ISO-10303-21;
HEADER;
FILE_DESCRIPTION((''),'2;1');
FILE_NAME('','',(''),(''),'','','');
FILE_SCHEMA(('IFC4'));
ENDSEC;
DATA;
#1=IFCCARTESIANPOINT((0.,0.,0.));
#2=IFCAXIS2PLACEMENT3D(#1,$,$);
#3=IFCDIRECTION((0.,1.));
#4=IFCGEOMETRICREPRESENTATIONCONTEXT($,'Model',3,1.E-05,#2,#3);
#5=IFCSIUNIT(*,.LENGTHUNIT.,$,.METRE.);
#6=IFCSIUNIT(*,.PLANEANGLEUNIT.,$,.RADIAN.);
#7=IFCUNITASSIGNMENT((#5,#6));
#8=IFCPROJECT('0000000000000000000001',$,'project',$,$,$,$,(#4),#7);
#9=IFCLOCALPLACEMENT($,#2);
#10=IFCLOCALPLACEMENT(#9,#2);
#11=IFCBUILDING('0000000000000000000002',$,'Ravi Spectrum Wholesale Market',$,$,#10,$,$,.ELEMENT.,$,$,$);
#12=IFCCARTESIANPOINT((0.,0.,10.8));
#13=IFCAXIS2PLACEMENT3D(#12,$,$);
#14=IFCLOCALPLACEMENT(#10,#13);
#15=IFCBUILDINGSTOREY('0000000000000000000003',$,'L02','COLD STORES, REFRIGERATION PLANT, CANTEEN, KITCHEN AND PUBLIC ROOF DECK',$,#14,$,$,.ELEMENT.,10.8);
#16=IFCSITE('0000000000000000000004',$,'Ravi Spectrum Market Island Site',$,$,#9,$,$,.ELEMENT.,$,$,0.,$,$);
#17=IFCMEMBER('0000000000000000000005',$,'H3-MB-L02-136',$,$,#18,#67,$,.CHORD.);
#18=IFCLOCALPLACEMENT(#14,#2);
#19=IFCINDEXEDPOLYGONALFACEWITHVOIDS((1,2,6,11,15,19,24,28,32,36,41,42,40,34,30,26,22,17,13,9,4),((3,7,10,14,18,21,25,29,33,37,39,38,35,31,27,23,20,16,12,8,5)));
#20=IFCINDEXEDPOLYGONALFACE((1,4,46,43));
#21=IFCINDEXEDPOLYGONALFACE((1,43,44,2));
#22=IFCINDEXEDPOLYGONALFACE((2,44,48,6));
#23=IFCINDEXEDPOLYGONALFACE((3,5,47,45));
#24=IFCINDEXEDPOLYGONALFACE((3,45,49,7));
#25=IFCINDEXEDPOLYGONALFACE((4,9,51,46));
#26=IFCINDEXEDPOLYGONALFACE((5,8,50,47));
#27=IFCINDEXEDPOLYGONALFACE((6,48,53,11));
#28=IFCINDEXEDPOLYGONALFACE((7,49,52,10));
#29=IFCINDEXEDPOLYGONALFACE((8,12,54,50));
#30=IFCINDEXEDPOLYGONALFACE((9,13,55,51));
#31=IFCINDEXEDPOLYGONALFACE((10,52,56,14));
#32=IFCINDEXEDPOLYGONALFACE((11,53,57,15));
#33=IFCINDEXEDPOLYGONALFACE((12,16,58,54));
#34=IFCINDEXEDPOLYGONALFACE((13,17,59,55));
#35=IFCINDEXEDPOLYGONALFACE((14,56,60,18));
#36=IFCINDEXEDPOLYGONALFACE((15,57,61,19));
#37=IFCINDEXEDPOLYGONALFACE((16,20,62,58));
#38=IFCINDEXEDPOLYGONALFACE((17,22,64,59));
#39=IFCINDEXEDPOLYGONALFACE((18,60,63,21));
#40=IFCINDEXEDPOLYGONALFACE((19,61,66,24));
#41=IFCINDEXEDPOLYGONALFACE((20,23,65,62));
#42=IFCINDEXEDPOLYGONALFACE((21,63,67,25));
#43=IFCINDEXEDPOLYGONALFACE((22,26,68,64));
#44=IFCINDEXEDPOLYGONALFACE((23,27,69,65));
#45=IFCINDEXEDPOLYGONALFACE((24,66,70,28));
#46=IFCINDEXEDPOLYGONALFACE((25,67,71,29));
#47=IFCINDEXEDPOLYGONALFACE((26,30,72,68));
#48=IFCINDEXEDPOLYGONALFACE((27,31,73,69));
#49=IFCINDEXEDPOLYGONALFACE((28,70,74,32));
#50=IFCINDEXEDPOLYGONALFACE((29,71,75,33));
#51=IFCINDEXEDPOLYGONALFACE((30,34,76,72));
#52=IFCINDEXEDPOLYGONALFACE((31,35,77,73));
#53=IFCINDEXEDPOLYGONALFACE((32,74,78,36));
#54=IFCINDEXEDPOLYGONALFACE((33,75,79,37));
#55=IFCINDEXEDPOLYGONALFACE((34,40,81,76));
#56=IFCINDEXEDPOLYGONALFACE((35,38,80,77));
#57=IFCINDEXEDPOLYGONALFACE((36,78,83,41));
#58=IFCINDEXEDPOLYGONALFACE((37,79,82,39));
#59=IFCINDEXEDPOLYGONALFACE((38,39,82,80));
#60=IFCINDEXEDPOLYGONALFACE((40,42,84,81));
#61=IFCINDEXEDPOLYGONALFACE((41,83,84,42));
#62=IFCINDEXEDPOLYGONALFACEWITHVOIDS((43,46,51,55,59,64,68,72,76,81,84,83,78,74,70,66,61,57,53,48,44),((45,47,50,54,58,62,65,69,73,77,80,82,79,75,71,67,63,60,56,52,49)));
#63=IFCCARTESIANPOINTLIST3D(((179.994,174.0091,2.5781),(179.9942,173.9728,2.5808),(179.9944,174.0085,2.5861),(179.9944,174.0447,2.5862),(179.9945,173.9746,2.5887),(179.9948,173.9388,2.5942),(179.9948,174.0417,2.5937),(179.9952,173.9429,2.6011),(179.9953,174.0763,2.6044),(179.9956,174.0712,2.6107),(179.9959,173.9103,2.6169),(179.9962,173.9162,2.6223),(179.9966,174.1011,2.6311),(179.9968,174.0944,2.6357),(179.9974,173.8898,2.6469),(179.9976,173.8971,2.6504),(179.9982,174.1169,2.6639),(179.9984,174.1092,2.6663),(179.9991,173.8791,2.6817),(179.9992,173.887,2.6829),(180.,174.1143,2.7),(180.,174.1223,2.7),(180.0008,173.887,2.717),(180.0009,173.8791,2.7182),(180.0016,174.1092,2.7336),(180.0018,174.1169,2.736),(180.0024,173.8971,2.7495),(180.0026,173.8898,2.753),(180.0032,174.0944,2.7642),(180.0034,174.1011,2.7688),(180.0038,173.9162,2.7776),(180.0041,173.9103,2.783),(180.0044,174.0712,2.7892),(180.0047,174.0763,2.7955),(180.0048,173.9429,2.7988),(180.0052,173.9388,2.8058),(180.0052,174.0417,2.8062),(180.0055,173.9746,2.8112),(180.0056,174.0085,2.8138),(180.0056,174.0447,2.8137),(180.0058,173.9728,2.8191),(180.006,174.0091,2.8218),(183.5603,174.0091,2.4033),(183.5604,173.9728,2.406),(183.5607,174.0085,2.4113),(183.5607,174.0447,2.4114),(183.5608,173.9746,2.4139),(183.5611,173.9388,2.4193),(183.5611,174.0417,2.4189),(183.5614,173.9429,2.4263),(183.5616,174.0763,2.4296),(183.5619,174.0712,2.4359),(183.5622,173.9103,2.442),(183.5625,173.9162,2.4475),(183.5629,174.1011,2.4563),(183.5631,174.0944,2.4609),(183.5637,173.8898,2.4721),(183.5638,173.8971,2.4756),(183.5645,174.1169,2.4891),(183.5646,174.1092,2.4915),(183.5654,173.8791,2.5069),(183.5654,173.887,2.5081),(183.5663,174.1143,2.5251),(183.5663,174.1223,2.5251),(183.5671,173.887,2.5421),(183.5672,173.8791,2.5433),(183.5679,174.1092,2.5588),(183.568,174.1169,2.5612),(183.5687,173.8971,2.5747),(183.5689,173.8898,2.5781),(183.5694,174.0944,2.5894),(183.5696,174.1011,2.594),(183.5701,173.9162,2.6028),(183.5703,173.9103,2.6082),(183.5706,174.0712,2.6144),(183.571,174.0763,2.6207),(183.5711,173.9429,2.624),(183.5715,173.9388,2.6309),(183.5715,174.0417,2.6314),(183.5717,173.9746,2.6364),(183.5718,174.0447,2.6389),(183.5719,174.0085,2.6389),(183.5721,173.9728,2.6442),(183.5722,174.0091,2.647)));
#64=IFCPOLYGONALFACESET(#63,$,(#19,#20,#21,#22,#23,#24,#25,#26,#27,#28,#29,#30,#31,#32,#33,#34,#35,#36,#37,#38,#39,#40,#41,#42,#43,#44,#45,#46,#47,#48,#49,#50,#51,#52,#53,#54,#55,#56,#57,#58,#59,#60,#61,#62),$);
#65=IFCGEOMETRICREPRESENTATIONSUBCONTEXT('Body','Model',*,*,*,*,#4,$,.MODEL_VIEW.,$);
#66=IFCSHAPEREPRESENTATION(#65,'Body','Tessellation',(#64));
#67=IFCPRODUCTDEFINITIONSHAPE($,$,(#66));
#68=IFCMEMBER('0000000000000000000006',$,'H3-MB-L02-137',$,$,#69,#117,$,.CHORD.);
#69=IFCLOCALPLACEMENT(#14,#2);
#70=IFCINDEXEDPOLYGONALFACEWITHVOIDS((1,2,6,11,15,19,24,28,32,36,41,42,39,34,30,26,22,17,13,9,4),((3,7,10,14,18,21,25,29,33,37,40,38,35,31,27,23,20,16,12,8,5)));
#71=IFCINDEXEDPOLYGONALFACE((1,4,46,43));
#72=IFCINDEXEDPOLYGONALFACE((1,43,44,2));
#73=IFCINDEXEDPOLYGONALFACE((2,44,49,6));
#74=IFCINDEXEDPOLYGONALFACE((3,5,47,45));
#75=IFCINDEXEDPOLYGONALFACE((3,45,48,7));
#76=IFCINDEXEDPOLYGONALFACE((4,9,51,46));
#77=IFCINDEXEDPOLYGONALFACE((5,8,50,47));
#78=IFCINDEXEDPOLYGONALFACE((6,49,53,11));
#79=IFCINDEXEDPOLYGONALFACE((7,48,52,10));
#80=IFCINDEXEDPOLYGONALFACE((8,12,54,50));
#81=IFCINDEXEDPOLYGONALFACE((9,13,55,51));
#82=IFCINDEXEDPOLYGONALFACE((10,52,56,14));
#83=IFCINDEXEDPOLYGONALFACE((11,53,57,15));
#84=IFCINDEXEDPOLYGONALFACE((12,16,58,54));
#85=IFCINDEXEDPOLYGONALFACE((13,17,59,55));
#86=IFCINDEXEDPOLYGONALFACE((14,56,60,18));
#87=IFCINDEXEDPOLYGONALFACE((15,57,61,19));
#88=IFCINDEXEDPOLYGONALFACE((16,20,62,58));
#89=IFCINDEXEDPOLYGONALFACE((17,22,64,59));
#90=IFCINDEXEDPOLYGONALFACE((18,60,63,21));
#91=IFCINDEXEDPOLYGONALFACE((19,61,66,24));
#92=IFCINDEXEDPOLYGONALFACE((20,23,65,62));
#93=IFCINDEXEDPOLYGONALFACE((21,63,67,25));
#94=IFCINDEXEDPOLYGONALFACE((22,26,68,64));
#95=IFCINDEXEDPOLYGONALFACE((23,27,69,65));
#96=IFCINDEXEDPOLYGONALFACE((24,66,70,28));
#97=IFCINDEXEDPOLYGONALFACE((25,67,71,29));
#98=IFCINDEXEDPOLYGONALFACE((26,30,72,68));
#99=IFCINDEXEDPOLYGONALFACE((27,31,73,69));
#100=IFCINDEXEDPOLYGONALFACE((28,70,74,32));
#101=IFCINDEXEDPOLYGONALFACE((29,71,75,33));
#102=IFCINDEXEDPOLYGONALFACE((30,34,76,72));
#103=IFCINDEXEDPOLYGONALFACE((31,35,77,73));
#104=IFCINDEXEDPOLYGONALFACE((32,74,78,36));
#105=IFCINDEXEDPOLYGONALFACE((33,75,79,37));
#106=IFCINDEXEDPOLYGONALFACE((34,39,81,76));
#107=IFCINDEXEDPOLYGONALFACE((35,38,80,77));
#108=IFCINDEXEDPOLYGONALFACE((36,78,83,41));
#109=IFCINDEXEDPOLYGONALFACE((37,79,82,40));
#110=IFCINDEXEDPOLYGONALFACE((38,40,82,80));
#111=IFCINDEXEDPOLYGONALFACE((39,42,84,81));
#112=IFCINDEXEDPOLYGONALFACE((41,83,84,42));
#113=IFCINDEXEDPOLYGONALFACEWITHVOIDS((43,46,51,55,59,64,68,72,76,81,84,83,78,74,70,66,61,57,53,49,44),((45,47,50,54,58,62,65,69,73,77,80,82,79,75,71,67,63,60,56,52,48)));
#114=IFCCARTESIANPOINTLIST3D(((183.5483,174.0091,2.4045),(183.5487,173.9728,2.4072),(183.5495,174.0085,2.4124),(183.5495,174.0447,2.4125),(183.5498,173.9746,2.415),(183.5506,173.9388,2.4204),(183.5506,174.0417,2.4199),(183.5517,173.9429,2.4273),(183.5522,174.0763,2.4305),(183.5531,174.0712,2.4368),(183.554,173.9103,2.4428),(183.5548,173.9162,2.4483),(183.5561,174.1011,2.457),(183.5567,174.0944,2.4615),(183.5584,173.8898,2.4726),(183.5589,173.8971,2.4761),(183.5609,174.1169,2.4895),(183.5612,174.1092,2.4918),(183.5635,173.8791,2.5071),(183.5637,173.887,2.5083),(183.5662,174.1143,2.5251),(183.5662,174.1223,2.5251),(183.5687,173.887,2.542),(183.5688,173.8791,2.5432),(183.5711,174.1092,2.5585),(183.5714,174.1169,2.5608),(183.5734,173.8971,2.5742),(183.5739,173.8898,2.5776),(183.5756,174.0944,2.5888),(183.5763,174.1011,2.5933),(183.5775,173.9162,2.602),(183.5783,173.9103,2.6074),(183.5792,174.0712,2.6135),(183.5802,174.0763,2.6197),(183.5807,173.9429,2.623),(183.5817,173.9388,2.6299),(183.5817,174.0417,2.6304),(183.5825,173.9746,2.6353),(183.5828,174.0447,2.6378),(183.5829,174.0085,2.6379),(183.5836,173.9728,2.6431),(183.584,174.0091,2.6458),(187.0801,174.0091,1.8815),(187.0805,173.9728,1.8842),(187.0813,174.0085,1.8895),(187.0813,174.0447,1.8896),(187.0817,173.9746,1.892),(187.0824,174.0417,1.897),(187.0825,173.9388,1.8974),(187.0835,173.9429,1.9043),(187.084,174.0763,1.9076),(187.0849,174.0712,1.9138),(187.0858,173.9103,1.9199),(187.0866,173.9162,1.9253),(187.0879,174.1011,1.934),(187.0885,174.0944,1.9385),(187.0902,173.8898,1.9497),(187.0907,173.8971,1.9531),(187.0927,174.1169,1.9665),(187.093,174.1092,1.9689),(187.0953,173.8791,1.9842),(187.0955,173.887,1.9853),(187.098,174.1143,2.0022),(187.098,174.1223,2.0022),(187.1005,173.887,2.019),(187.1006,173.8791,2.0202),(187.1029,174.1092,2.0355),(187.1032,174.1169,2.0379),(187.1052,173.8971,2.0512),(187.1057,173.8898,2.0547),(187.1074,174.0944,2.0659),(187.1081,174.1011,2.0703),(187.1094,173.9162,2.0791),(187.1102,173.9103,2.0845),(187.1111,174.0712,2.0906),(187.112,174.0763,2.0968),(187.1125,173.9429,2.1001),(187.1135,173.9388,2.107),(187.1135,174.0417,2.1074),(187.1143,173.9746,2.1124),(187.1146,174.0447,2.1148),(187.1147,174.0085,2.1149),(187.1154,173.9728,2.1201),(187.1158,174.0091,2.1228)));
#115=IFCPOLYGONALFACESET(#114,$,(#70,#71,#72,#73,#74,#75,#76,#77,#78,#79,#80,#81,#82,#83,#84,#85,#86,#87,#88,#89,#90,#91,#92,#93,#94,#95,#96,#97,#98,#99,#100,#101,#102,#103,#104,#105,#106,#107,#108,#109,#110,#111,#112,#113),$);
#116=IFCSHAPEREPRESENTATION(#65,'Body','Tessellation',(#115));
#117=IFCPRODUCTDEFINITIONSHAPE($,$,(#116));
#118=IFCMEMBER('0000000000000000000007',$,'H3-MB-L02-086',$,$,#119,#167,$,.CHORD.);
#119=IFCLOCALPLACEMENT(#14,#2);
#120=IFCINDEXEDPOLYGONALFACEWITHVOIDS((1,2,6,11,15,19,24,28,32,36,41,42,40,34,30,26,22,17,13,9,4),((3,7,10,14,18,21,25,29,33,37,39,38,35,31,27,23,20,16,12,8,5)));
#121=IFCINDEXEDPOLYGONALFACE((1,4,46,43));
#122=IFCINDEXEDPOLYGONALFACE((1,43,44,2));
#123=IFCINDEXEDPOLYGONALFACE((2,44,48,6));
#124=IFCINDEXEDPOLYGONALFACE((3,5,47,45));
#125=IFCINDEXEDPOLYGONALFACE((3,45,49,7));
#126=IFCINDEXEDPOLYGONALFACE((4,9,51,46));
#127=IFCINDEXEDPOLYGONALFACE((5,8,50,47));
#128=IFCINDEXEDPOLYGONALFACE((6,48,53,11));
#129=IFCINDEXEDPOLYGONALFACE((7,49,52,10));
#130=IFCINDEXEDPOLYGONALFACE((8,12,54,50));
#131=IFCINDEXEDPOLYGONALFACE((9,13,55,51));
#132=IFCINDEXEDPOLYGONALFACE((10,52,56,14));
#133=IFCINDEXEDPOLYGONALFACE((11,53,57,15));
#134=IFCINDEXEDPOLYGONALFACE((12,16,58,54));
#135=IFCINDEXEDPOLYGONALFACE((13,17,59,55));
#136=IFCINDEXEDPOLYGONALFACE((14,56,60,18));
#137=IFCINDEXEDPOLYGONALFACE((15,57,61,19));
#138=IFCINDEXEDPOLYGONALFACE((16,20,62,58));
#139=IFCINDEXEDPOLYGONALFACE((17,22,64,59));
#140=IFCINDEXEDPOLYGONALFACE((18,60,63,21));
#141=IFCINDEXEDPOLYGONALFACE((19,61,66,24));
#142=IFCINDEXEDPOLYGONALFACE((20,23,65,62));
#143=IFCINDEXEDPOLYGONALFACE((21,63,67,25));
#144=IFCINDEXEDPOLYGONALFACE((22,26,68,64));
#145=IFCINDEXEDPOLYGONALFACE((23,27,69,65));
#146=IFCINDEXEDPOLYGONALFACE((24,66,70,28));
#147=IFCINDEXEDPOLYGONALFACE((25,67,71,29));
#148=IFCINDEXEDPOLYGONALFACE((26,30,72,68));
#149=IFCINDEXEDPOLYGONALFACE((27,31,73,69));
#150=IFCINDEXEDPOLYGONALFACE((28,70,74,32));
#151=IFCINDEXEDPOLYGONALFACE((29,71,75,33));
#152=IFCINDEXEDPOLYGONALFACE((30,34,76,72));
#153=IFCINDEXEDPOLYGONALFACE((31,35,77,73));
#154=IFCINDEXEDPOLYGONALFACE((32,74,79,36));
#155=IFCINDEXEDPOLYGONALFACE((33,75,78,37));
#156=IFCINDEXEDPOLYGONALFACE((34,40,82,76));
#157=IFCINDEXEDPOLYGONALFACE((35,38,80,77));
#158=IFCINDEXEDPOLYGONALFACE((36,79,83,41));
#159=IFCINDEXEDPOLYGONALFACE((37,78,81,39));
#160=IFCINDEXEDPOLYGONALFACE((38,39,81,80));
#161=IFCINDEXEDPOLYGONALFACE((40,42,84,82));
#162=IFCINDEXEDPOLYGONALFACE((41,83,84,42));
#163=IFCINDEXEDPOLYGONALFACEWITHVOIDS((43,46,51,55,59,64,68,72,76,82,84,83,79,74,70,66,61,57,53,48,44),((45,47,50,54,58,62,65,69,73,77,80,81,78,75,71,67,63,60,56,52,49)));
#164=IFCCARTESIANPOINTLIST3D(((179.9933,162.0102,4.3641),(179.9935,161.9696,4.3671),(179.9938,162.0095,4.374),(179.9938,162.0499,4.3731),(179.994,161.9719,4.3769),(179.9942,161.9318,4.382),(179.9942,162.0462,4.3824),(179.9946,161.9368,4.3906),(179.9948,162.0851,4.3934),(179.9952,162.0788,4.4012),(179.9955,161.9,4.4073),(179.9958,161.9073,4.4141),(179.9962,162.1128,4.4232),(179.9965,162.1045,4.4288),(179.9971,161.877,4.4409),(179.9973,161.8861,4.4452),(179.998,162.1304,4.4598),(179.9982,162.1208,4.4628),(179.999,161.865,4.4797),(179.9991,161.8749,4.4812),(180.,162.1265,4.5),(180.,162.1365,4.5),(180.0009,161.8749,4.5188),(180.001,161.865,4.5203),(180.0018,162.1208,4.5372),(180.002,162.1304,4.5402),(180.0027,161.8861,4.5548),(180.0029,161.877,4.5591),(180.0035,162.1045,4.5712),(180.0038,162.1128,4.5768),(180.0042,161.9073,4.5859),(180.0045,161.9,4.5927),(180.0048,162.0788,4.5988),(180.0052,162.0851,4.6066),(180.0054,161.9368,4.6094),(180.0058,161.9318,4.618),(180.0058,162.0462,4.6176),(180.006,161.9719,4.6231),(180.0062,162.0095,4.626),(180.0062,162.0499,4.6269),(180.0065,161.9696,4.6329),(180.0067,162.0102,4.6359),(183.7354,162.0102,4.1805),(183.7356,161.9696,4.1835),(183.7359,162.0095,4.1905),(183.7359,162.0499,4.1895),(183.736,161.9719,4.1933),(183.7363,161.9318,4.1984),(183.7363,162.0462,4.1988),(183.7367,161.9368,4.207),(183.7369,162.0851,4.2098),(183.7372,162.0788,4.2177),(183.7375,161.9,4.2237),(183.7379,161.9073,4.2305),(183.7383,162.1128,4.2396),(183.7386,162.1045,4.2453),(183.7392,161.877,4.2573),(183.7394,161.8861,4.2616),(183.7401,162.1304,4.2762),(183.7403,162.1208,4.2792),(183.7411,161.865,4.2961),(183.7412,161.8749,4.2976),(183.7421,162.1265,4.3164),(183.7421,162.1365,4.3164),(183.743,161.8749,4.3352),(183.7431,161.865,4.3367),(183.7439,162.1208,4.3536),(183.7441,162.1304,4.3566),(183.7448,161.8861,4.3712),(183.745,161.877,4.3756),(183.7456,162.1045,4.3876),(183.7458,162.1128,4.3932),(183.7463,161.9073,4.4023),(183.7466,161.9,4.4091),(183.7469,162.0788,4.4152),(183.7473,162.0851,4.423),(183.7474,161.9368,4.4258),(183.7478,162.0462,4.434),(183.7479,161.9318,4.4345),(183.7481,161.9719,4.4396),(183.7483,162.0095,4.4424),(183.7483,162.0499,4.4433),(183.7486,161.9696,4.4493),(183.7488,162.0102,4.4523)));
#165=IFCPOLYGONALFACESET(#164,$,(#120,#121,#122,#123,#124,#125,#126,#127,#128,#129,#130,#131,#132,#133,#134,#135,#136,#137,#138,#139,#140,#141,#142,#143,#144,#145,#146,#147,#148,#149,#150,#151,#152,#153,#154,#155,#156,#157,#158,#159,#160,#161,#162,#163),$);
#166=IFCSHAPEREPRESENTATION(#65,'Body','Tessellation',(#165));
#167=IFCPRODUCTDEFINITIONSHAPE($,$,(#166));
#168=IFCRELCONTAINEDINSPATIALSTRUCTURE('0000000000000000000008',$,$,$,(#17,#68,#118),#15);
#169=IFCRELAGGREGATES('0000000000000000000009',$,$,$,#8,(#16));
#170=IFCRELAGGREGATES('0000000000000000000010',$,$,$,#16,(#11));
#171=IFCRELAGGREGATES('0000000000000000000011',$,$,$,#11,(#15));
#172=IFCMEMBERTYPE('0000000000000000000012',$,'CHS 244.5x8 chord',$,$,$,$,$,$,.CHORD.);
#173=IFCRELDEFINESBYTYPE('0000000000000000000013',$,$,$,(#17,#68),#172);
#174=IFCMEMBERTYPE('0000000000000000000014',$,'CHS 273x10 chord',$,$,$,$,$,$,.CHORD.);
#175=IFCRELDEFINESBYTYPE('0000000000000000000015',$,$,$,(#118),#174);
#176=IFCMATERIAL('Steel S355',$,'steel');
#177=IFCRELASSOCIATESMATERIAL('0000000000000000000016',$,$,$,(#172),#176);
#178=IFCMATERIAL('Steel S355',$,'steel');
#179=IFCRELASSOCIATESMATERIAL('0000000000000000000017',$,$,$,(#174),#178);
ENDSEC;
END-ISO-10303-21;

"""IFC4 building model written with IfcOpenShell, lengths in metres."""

from ifc_helpers import new_model, si_unit, direction, frame, origin, origin_2d, place, context, subcontext, project, spatial, hollow_circle, extrude, material, material_profile, profile_set, type_object, element, save


model = new_model("IFC4")

# Units and contexts
model_context = context("Model", 3, precision=1e-05, world=origin(), true_north=direction((0.0, 1.0)))
body_context = subcontext(model_context, "Body", "Model", "MODEL_VIEW")
ifc_project = project(units=[si_unit("LENGTHUNIT", "METRE"), si_unit("PLANEANGLEUNIT", "RADIAN")], contexts=[model_context])

# Site, building, storey
site_placement = place(None, origin())
site = spatial("IfcSite", under=ifc_project, at=site_placement, Name="Ravi Spectrum Market Island Site", CompositionType="ELEMENT", RefElevation=0.0)
building_placement = place(site_placement, origin())
building = spatial("IfcBuilding", under=site, at=building_placement, Name="Ravi Spectrum Wholesale Market", CompositionType="ELEMENT")
storey_placement = place(building_placement, frame((0.0, 0.0, 10.8)))
storey = spatial("IfcBuildingStorey", under=building, at=storey_placement, Name="L02", Description="COLD STORES, REFRIGERATION PLANT, CANTEEN, KITCHEN AND PUBLIC ROOF DECK", CompositionType="ELEMENT", Elevation=10.8)

# Members
ifc_material_1 = material(Name="Steel S355", Category="steel")
ifc_material_profile_1 = material_profile(ifc_material_1, hollow_circle(Radius=0.1223, WallThickness=0.0081, at=origin_2d()))
ifc_profile_set_1 = profile_set([ifc_material_profile_1], Name="Steel S355")
member_type_1 = type_object("IfcMemberType", Name="CHS 244.5x8 chord", PredefinedType="CHORD", material=ifc_profile_set_1)
member_1_placement = place(storey_placement, frame((180.0, 174.0, 2.7), z_axis=(0.998801, 0.0, -0.048959), x_axis=(0.0, 1.0, 0.0)))
element("IfcMember", 1, at=member_1_placement, inside=storey, type_object=member_type_1, Name="H3-MB-L02-136", PredefinedType="CHORD", context=body_context, shape_type="SweptSolid", body=[
    extrude(hollow_circle(Radius=0.1223, WallThickness=0.0081, at=origin_2d()), origin(), (0.0, 0.0, 1.0), 3.5706),
])
member_2_placement = place(storey_placement, frame((183.5662, 174.0, 2.5251), z_axis=(0.989214, 0.0, -0.146474), x_axis=(0.0, 1.0, 0.0)))
element("IfcMember", 2, at=member_2_placement, inside=storey, type_object=member_type_1, Name="H3-MB-L02-137", PredefinedType="CHORD", context=body_context, shape_type="SweptSolid", body=[
    extrude(hollow_circle(Radius=0.1223, WallThickness=0.0081, at=origin_2d()), origin(), (0.0, 0.0, 1.0), 3.5703),
])
ifc_material_2 = material(Name="Steel S355", Category="steel")
ifc_material_profile_2 = material_profile(ifc_material_2, hollow_circle(Radius=0.1365, WallThickness=0.01, at=origin_2d()))
ifc_profile_set_2 = profile_set([ifc_material_profile_2], Name="Steel S355")
member_type_2 = type_object("IfcMemberType", Name="CHS 273x10 chord", PredefinedType="CHORD", material=ifc_profile_set_2)
for number, where, z_axis, x_axis, name in (
    (3, (180.0, 162.0, 4.5), (0.998799, 0.0, -0.049002), (0.0, 1.0, 0.0), "H3-MB-L02-086"),
):
    element("IfcMember", number, at=place(storey_placement, frame(where, z_axis=z_axis, x_axis=x_axis)), inside=storey, type_object=member_type_2, Name=name, PredefinedType="CHORD", context=body_context, shape_type="SweptSolid", body=[
        extrude(hollow_circle(Radius=0.1365, WallThickness=0.01, at=origin_2d()), origin(), (0.0, 0.0, 1.0), 3.7466),
    ])

save(model, "model.ifc")
